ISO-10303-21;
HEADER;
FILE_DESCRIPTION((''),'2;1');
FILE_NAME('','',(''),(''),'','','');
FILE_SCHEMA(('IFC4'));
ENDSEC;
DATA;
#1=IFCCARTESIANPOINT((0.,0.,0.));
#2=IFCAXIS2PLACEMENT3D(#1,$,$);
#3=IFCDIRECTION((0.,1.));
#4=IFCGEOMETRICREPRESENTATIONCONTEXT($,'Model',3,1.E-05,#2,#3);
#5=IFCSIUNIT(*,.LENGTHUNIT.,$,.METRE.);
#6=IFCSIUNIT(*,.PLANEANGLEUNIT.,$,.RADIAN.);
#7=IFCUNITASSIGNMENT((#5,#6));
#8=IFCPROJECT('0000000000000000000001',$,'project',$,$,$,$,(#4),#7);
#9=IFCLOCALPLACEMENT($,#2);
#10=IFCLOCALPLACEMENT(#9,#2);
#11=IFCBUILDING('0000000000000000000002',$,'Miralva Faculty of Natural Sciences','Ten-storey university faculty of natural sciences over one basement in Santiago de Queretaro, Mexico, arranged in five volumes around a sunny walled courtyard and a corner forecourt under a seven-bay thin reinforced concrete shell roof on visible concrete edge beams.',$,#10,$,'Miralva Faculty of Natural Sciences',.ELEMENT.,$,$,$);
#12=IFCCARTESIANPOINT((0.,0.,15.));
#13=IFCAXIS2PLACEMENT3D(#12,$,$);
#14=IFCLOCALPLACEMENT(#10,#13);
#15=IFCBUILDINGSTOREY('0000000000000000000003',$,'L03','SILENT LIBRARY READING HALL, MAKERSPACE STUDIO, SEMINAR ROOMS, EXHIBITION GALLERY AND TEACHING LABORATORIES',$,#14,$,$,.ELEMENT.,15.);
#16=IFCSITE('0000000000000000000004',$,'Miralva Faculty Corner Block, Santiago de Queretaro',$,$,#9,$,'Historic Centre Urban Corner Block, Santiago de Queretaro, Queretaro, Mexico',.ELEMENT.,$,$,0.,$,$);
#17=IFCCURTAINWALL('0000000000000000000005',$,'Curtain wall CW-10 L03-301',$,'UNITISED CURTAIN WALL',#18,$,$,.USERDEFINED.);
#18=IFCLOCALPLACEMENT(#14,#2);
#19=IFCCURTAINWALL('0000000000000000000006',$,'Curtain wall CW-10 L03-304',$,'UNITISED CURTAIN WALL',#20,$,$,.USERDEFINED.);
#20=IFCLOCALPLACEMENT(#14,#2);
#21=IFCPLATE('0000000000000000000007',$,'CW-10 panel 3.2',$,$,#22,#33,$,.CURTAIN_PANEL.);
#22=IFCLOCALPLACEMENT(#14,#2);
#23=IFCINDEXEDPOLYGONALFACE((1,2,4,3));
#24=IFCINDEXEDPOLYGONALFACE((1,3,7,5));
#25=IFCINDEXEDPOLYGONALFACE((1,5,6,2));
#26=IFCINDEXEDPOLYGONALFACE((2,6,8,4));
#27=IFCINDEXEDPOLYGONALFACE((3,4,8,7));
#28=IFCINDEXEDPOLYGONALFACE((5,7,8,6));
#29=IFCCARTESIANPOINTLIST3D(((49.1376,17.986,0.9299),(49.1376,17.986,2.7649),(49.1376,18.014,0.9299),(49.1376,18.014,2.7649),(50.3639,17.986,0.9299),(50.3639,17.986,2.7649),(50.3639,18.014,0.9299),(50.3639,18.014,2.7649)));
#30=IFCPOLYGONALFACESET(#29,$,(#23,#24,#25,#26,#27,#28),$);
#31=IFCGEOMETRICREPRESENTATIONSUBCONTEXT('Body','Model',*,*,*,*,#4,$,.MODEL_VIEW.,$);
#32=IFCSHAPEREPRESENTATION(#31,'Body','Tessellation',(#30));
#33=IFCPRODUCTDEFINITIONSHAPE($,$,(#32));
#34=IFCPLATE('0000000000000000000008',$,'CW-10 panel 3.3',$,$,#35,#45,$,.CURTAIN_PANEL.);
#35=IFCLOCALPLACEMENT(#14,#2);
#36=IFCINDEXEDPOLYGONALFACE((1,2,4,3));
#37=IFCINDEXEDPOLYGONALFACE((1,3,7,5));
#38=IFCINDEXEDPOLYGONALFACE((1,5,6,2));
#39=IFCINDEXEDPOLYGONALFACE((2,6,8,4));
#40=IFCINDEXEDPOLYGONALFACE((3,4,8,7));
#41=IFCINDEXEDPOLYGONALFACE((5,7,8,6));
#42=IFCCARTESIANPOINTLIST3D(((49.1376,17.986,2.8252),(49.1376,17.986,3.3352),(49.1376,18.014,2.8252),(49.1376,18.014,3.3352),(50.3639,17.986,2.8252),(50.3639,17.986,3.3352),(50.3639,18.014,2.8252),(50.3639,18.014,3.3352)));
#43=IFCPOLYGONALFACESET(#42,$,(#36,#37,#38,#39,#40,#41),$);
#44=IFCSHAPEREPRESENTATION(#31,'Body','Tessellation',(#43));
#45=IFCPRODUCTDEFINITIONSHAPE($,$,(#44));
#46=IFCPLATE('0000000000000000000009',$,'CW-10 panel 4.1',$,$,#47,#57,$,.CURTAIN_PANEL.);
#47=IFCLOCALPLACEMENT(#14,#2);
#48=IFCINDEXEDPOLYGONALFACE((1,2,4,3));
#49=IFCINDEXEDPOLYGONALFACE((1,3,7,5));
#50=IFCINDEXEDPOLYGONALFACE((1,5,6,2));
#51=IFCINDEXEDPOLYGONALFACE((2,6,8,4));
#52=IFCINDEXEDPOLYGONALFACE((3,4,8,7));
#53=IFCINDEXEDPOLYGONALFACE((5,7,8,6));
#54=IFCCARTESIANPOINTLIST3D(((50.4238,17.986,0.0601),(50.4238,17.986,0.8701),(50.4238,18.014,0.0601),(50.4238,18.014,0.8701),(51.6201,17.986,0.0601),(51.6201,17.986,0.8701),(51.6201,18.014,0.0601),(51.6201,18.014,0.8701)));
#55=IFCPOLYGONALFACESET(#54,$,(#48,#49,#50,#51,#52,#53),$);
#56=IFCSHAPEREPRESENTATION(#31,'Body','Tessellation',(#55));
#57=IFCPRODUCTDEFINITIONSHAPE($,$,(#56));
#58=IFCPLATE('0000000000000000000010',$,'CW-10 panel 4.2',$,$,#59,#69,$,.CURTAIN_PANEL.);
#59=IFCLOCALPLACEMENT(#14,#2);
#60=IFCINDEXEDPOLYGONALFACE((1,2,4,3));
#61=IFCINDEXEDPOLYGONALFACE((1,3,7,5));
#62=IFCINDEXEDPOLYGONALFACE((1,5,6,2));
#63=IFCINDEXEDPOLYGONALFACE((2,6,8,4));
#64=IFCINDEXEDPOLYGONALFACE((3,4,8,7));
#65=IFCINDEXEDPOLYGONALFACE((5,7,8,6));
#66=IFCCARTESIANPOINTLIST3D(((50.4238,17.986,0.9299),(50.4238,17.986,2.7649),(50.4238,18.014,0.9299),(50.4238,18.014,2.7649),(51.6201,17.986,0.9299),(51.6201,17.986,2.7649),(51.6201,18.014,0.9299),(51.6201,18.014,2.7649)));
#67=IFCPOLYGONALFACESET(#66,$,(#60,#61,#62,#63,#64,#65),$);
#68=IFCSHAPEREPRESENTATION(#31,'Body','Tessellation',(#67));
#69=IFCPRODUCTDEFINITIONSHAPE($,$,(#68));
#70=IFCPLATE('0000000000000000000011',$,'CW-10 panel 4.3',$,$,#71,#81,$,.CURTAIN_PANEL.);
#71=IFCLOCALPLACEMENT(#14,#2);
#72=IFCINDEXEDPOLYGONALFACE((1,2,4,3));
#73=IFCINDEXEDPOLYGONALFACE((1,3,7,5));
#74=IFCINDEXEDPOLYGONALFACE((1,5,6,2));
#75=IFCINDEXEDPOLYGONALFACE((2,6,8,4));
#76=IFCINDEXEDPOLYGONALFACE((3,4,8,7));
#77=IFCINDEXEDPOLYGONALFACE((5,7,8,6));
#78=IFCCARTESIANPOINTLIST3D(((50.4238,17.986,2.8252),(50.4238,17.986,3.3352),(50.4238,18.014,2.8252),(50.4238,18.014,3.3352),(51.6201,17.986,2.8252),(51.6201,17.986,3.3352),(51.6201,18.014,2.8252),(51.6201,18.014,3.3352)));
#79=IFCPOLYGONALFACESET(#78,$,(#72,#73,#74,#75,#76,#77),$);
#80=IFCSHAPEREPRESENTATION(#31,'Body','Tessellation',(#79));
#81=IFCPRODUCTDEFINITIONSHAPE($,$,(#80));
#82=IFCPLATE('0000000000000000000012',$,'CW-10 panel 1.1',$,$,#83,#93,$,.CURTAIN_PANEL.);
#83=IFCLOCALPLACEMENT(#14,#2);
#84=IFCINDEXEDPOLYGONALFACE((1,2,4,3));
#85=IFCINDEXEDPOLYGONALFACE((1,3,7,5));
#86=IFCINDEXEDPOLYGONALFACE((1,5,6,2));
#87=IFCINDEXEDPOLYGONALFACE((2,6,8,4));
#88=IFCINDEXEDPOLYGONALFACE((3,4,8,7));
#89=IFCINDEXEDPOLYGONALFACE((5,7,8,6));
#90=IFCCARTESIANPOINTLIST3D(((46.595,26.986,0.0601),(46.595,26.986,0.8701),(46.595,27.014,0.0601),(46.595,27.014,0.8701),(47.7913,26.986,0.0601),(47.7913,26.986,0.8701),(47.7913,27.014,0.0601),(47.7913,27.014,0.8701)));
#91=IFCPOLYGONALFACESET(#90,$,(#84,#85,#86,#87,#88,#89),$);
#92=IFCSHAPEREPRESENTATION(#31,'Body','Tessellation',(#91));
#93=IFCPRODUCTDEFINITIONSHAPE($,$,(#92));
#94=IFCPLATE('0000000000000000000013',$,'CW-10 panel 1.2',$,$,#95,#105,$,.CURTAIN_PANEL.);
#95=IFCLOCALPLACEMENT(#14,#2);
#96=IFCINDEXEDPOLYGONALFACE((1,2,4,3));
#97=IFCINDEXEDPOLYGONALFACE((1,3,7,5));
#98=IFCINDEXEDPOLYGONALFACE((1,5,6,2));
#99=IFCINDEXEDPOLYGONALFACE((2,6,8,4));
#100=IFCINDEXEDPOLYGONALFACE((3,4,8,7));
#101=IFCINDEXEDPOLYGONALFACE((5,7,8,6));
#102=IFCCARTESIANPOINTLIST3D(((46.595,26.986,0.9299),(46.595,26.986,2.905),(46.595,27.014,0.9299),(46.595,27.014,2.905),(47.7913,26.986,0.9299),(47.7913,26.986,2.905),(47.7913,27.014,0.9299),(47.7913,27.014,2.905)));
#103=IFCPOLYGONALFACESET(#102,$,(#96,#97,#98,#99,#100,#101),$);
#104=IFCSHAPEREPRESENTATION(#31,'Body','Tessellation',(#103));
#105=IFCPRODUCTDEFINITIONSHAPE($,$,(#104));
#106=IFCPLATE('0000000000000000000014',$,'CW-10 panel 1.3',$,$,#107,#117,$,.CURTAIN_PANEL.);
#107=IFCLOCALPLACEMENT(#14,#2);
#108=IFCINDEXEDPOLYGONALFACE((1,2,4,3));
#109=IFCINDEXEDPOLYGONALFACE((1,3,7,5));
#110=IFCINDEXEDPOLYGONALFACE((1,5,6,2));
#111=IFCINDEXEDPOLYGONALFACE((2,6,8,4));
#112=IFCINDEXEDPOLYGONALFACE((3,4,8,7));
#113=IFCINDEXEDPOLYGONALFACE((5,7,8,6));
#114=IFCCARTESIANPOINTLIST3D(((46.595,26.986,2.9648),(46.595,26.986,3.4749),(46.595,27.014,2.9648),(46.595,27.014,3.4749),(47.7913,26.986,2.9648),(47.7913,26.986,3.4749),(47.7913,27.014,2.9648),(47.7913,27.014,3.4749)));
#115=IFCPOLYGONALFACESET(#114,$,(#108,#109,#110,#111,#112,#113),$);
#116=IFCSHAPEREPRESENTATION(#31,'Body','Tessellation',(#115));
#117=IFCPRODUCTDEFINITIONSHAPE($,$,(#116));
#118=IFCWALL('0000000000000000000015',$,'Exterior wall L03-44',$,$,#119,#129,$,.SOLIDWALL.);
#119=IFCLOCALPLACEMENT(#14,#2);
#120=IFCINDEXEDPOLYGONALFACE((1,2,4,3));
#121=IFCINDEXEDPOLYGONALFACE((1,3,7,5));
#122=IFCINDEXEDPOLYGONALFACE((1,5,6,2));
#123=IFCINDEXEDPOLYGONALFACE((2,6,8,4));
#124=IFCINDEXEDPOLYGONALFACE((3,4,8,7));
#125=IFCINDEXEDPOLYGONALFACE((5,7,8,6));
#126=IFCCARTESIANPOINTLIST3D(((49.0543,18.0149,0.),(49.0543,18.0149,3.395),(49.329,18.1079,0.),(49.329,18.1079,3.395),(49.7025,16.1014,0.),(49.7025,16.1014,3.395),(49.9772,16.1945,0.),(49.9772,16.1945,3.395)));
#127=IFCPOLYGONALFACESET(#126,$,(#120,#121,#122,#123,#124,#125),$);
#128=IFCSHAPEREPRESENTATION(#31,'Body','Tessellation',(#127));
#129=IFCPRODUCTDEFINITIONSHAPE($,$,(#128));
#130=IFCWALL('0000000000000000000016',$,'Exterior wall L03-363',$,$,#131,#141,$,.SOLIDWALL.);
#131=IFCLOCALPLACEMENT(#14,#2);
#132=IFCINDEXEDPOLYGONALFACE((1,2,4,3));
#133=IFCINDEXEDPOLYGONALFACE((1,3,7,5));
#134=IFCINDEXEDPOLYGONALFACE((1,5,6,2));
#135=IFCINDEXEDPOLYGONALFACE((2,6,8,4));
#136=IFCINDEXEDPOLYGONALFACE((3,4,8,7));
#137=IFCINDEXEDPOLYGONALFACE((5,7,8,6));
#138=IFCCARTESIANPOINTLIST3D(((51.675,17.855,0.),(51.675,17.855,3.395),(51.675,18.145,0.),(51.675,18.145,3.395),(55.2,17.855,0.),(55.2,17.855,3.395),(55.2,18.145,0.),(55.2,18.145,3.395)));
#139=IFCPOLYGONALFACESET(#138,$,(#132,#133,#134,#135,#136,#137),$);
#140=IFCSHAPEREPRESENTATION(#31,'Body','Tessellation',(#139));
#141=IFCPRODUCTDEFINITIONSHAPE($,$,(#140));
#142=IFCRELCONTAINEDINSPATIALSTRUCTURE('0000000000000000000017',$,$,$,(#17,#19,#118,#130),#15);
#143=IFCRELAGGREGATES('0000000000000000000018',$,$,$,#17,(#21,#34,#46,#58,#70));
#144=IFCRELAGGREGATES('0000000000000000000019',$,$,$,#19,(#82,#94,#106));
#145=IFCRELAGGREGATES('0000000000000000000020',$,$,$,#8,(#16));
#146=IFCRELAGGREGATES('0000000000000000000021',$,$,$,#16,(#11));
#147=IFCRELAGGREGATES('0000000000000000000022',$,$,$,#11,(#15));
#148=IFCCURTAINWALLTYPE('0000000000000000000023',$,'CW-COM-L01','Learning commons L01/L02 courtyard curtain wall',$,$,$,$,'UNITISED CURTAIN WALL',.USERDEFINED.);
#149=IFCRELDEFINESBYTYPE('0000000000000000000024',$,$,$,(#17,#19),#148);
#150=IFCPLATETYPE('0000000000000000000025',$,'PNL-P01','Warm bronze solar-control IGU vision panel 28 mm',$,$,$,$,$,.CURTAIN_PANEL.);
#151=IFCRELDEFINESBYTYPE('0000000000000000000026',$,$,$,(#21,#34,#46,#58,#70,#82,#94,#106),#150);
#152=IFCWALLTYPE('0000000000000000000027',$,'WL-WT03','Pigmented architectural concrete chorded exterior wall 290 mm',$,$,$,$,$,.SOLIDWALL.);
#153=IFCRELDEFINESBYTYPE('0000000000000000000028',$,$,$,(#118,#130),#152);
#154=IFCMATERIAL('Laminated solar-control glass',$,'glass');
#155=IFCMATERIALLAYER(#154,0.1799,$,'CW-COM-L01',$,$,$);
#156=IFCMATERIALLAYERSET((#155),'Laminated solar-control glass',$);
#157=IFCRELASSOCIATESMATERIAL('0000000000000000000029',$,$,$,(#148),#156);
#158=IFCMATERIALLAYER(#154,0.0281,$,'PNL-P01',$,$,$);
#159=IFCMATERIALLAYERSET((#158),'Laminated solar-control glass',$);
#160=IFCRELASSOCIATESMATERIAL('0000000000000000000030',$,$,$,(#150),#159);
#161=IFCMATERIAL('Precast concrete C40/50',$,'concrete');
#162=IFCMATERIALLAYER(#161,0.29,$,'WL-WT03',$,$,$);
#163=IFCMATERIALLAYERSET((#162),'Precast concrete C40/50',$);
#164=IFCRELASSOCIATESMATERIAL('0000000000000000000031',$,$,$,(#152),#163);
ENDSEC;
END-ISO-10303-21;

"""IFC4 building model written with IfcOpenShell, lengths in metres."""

from ifc_helpers import new_model, si_unit, direction, frame, frame_2d, origin, origin_2d, place, context, subcontext, project, spatial, rectangle, extrude, material, layer, layer_set, type_object, element, aggregate, save


model = new_model("IFC4")

# Units and contexts
model_context = context("Model", 3, precision=1e-05, world=origin(), true_north=direction((0.0, 1.0)))
body_context = subcontext(model_context, "Body", "Model", "MODEL_VIEW")
ifc_project = project(units=[si_unit("LENGTHUNIT", "METRE"), si_unit("PLANEANGLEUNIT", "RADIAN")], contexts=[model_context])

# Site, building, storey
site_placement = place(None, origin())
site = spatial("IfcSite", under=ifc_project, at=site_placement, Name="Miralva Faculty Corner Block, Santiago de Queretaro", LongName="Historic Centre Urban Corner Block, Santiago de Queretaro, Queretaro, Mexico", CompositionType="ELEMENT", RefElevation=0.0)
building_placement = place(site_placement, origin())
building = spatial("IfcBuilding", under=site, at=building_placement, Name="Miralva Faculty of Natural Sciences", Description="Ten-storey university faculty of natural sciences over one basement in Santiago de Queretaro, Mexico, arranged in five volumes around a sunny walled courtyard and a corner forecourt under a seven-bay thin reinforced concrete shell roof on visible concrete edge beams.", LongName="Miralva Faculty of Natural Sciences", CompositionType="ELEMENT")
storey_placement = place(building_placement, frame((0.0, 0.0, 15.0)))
storey = spatial("IfcBuildingStorey", under=building, at=storey_placement, Name="L03", Description="SILENT LIBRARY READING HALL, MAKERSPACE STUDIO, SEMINAR ROOMS, EXHIBITION GALLERY AND TEACHING LABORATORIES", CompositionType="ELEMENT", Elevation=15.0)

# Curtain walls
ifc_material_1 = material(Name="Laminated solar-control glass", Category="glass")
ifc_layer_1 = layer(ifc_material_1, 0.1799, Name="CW-COM-L01")
ifc_layer_set_1 = layer_set([ifc_layer_1], Name="Laminated solar-control glass")
curtain_wall_type = type_object("IfcCurtainWallType", Name="CW-COM-L01", Description="Learning commons L01/L02 courtyard curtain wall", ElementType="UNITISED CURTAIN WALL", PredefinedType="USERDEFINED", material=ifc_layer_set_1)
curtain_wall_1_placement = place(storey_placement, origin())
curtain_wall_1 = element("IfcCurtainWall", 1, at=curtain_wall_1_placement, inside=storey, type_object=curtain_wall_type, Name="Curtain wall CW-10 L03-301", ObjectType="UNITISED CURTAIN WALL", PredefinedType="USERDEFINED")
curtain_wall_2_placement = place(storey_placement, origin())
curtain_wall_2 = element("IfcCurtainWall", 2, at=curtain_wall_2_placement, inside=storey, type_object=curtain_wall_type, Name="Curtain wall CW-10 L03-304", ObjectType="UNITISED CURTAIN WALL", PredefinedType="USERDEFINED")

# Plates
ifc_layer_2 = layer(ifc_material_1, 0.0281, Name="PNL-P01")
ifc_layer_set_2 = layer_set([ifc_layer_2], Name="Laminated solar-control glass")
plate_type = type_object("IfcPlateType", Name="PNL-P01", Description="Warm bronze solar-control IGU vision panel 28 mm", PredefinedType="CURTAIN_PANEL", material=ifc_layer_set_2)
plate_1_placement = place(storey_placement, frame((49.7507, 18.0, 0.9299), z_axis=(0.0, 0.0, 1.0), x_axis=(1.0, 0.0, 0.0)))
plate_1 = element("IfcPlate", 3, at=plate_1_placement, type_object=plate_type, Name="CW-10 panel 3.2", PredefinedType="CURTAIN_PANEL", context=body_context, shape_type="SweptSolid", body=[
    extrude(rectangle(XDim=1.2263, YDim=0.0281, at=origin_2d()), origin(), (0.0, 0.0, 1.0), 1.835),
])
plate_2_placement = place(storey_placement, frame((49.7507, 18.0, 2.8252), z_axis=(0.0, 0.0, 1.0), x_axis=(1.0, 0.0, 0.0)))
plate_2 = element("IfcPlate", 4, at=plate_2_placement, type_object=plate_type, Name="CW-10 panel 3.3", PredefinedType="CURTAIN_PANEL", context=body_context, shape_type="SweptSolid", body=[
    extrude(rectangle(XDim=1.2263, YDim=0.0281, at=origin_2d()), origin(), (0.0, 0.0, 1.0), 0.51),
])
plate_3_placement = place(storey_placement, frame((51.022, 18.0, 0.0601), z_axis=(0.0, 0.0, 1.0), x_axis=(1.0, 0.0, 0.0)))
plate_3 = element("IfcPlate", 5, at=plate_3_placement, type_object=plate_type, Name="CW-10 panel 4.1", PredefinedType="CURTAIN_PANEL", context=body_context, shape_type="SweptSolid", body=[
    extrude(rectangle(XDim=1.1963, YDim=0.0281, at=origin_2d()), origin(), (0.0, 0.0, 1.0), 0.8101),
])
plate_4_placement = place(storey_placement, frame((51.022, 18.0, 0.9299), z_axis=(0.0, 0.0, 1.0), x_axis=(1.0, 0.0, 0.0)))
plate_4 = element("IfcPlate", 6, at=plate_4_placement, type_object=plate_type, Name="CW-10 panel 4.2", PredefinedType="CURTAIN_PANEL", context=body_context, shape_type="SweptSolid", body=[
    extrude(rectangle(XDim=1.1963, YDim=0.0281, at=origin_2d()), origin(), (0.0, 0.0, 1.0), 1.835),
])
plate_5_placement = place(storey_placement, frame((51.022, 18.0, 2.8252), z_axis=(0.0, 0.0, 1.0), x_axis=(1.0, 0.0, 0.0)))
plate_5 = element("IfcPlate", 7, at=plate_5_placement, type_object=plate_type, Name="CW-10 panel 4.3", PredefinedType="CURTAIN_PANEL", context=body_context, shape_type="SweptSolid", body=[
    extrude(rectangle(XDim=1.1963, YDim=0.0281, at=origin_2d()), origin(), (0.0, 0.0, 1.0), 0.51),
])
aggregate(curtain_wall_1, [plate_1, plate_2, plate_3, plate_4, plate_5])
plate_6_placement = place(storey_placement, frame((47.1931, 27.0, 0.0601), z_axis=(0.0, 0.0, 1.0), x_axis=(1.0, 0.0, 0.0)))
plate_6 = element("IfcPlate", 8, at=plate_6_placement, type_object=plate_type, Name="CW-10 panel 1.1", PredefinedType="CURTAIN_PANEL", context=body_context, shape_type="SweptSolid", body=[
    extrude(rectangle(XDim=1.1963, YDim=0.0281, at=origin_2d()), origin(), (0.0, 0.0, 1.0), 0.8101),
])
plate_7_placement = place(storey_placement, frame((47.1931, 27.0, 0.9299), z_axis=(0.0, 0.0, 1.0), x_axis=(1.0, 0.0, 0.0)))
plate_7 = element("IfcPlate", 9, at=plate_7_placement, type_object=plate_type, Name="CW-10 panel 1.2", PredefinedType="CURTAIN_PANEL", context=body_context, shape_type="SweptSolid", body=[
    extrude(rectangle(XDim=1.1963, YDim=0.0281, at=origin_2d()), origin(), (0.0, 0.0, 1.0), 1.9751),
])
plate_8_placement = place(storey_placement, frame((47.1931, 27.0, 2.9648), z_axis=(0.0, 0.0, 1.0), x_axis=(1.0, 0.0, 0.0)))
plate_8 = element("IfcPlate", 10, at=plate_8_placement, type_object=plate_type, Name="CW-10 panel 1.3", PredefinedType="CURTAIN_PANEL", context=body_context, shape_type="SweptSolid", body=[
    extrude(rectangle(XDim=1.1963, YDim=0.0281, at=origin_2d()), origin(), (0.0, 0.0, 1.0), 0.51),
])
aggregate(curtain_wall_2, [plate_6, plate_7, plate_8])

# Walls
ifc_material_2 = material(Name="Precast concrete C40/50", Category="concrete")
ifc_layer_3 = layer(ifc_material_2, 0.29, Name="WL-WT03")
ifc_layer_set_3 = layer_set([ifc_layer_3], Name="Precast concrete C40/50")
wall_type = type_object("IfcWallType", Name="WL-WT03", Description="Pigmented architectural concrete chorded exterior wall 290 mm", PredefinedType="SOLIDWALL", material=ifc_layer_set_3)
wall_1_placement = place(storey_placement, frame((49.1917, 18.0615, 0.0), z_axis=(0.0, 0.0, 1.0), x_axis=(0.320828, -0.947137, 0.0)))
element("IfcWall", 11, at=wall_1_placement, inside=storey, type_object=wall_type, Name="Exterior wall L03-44", PredefinedType="SOLIDWALL", context=body_context, shape_type="SweptSolid", body=[
    extrude(rectangle(XDim=2.0203, YDim=0.29, at=frame_2d((1.0103, 0.0))), origin(), (0.0, 0.0, 1.0), 3.395),
])
wall_2_placement = place(storey_placement, frame((51.675, 18.0, 0.0), z_axis=(0.0, 0.0, 1.0), x_axis=(1.0, 0.0, 0.0)))
element("IfcWall", 12, at=wall_2_placement, inside=storey, type_object=wall_type, Name="Exterior wall L03-363", PredefinedType="SOLIDWALL", context=body_context, shape_type="SweptSolid", body=[
    extrude(rectangle(XDim=3.5249, YDim=0.29, at=frame_2d((1.7625, 0.0))), origin(), (0.0, 0.0, 1.0), 3.395),
])

save(model, "model.ifc")
